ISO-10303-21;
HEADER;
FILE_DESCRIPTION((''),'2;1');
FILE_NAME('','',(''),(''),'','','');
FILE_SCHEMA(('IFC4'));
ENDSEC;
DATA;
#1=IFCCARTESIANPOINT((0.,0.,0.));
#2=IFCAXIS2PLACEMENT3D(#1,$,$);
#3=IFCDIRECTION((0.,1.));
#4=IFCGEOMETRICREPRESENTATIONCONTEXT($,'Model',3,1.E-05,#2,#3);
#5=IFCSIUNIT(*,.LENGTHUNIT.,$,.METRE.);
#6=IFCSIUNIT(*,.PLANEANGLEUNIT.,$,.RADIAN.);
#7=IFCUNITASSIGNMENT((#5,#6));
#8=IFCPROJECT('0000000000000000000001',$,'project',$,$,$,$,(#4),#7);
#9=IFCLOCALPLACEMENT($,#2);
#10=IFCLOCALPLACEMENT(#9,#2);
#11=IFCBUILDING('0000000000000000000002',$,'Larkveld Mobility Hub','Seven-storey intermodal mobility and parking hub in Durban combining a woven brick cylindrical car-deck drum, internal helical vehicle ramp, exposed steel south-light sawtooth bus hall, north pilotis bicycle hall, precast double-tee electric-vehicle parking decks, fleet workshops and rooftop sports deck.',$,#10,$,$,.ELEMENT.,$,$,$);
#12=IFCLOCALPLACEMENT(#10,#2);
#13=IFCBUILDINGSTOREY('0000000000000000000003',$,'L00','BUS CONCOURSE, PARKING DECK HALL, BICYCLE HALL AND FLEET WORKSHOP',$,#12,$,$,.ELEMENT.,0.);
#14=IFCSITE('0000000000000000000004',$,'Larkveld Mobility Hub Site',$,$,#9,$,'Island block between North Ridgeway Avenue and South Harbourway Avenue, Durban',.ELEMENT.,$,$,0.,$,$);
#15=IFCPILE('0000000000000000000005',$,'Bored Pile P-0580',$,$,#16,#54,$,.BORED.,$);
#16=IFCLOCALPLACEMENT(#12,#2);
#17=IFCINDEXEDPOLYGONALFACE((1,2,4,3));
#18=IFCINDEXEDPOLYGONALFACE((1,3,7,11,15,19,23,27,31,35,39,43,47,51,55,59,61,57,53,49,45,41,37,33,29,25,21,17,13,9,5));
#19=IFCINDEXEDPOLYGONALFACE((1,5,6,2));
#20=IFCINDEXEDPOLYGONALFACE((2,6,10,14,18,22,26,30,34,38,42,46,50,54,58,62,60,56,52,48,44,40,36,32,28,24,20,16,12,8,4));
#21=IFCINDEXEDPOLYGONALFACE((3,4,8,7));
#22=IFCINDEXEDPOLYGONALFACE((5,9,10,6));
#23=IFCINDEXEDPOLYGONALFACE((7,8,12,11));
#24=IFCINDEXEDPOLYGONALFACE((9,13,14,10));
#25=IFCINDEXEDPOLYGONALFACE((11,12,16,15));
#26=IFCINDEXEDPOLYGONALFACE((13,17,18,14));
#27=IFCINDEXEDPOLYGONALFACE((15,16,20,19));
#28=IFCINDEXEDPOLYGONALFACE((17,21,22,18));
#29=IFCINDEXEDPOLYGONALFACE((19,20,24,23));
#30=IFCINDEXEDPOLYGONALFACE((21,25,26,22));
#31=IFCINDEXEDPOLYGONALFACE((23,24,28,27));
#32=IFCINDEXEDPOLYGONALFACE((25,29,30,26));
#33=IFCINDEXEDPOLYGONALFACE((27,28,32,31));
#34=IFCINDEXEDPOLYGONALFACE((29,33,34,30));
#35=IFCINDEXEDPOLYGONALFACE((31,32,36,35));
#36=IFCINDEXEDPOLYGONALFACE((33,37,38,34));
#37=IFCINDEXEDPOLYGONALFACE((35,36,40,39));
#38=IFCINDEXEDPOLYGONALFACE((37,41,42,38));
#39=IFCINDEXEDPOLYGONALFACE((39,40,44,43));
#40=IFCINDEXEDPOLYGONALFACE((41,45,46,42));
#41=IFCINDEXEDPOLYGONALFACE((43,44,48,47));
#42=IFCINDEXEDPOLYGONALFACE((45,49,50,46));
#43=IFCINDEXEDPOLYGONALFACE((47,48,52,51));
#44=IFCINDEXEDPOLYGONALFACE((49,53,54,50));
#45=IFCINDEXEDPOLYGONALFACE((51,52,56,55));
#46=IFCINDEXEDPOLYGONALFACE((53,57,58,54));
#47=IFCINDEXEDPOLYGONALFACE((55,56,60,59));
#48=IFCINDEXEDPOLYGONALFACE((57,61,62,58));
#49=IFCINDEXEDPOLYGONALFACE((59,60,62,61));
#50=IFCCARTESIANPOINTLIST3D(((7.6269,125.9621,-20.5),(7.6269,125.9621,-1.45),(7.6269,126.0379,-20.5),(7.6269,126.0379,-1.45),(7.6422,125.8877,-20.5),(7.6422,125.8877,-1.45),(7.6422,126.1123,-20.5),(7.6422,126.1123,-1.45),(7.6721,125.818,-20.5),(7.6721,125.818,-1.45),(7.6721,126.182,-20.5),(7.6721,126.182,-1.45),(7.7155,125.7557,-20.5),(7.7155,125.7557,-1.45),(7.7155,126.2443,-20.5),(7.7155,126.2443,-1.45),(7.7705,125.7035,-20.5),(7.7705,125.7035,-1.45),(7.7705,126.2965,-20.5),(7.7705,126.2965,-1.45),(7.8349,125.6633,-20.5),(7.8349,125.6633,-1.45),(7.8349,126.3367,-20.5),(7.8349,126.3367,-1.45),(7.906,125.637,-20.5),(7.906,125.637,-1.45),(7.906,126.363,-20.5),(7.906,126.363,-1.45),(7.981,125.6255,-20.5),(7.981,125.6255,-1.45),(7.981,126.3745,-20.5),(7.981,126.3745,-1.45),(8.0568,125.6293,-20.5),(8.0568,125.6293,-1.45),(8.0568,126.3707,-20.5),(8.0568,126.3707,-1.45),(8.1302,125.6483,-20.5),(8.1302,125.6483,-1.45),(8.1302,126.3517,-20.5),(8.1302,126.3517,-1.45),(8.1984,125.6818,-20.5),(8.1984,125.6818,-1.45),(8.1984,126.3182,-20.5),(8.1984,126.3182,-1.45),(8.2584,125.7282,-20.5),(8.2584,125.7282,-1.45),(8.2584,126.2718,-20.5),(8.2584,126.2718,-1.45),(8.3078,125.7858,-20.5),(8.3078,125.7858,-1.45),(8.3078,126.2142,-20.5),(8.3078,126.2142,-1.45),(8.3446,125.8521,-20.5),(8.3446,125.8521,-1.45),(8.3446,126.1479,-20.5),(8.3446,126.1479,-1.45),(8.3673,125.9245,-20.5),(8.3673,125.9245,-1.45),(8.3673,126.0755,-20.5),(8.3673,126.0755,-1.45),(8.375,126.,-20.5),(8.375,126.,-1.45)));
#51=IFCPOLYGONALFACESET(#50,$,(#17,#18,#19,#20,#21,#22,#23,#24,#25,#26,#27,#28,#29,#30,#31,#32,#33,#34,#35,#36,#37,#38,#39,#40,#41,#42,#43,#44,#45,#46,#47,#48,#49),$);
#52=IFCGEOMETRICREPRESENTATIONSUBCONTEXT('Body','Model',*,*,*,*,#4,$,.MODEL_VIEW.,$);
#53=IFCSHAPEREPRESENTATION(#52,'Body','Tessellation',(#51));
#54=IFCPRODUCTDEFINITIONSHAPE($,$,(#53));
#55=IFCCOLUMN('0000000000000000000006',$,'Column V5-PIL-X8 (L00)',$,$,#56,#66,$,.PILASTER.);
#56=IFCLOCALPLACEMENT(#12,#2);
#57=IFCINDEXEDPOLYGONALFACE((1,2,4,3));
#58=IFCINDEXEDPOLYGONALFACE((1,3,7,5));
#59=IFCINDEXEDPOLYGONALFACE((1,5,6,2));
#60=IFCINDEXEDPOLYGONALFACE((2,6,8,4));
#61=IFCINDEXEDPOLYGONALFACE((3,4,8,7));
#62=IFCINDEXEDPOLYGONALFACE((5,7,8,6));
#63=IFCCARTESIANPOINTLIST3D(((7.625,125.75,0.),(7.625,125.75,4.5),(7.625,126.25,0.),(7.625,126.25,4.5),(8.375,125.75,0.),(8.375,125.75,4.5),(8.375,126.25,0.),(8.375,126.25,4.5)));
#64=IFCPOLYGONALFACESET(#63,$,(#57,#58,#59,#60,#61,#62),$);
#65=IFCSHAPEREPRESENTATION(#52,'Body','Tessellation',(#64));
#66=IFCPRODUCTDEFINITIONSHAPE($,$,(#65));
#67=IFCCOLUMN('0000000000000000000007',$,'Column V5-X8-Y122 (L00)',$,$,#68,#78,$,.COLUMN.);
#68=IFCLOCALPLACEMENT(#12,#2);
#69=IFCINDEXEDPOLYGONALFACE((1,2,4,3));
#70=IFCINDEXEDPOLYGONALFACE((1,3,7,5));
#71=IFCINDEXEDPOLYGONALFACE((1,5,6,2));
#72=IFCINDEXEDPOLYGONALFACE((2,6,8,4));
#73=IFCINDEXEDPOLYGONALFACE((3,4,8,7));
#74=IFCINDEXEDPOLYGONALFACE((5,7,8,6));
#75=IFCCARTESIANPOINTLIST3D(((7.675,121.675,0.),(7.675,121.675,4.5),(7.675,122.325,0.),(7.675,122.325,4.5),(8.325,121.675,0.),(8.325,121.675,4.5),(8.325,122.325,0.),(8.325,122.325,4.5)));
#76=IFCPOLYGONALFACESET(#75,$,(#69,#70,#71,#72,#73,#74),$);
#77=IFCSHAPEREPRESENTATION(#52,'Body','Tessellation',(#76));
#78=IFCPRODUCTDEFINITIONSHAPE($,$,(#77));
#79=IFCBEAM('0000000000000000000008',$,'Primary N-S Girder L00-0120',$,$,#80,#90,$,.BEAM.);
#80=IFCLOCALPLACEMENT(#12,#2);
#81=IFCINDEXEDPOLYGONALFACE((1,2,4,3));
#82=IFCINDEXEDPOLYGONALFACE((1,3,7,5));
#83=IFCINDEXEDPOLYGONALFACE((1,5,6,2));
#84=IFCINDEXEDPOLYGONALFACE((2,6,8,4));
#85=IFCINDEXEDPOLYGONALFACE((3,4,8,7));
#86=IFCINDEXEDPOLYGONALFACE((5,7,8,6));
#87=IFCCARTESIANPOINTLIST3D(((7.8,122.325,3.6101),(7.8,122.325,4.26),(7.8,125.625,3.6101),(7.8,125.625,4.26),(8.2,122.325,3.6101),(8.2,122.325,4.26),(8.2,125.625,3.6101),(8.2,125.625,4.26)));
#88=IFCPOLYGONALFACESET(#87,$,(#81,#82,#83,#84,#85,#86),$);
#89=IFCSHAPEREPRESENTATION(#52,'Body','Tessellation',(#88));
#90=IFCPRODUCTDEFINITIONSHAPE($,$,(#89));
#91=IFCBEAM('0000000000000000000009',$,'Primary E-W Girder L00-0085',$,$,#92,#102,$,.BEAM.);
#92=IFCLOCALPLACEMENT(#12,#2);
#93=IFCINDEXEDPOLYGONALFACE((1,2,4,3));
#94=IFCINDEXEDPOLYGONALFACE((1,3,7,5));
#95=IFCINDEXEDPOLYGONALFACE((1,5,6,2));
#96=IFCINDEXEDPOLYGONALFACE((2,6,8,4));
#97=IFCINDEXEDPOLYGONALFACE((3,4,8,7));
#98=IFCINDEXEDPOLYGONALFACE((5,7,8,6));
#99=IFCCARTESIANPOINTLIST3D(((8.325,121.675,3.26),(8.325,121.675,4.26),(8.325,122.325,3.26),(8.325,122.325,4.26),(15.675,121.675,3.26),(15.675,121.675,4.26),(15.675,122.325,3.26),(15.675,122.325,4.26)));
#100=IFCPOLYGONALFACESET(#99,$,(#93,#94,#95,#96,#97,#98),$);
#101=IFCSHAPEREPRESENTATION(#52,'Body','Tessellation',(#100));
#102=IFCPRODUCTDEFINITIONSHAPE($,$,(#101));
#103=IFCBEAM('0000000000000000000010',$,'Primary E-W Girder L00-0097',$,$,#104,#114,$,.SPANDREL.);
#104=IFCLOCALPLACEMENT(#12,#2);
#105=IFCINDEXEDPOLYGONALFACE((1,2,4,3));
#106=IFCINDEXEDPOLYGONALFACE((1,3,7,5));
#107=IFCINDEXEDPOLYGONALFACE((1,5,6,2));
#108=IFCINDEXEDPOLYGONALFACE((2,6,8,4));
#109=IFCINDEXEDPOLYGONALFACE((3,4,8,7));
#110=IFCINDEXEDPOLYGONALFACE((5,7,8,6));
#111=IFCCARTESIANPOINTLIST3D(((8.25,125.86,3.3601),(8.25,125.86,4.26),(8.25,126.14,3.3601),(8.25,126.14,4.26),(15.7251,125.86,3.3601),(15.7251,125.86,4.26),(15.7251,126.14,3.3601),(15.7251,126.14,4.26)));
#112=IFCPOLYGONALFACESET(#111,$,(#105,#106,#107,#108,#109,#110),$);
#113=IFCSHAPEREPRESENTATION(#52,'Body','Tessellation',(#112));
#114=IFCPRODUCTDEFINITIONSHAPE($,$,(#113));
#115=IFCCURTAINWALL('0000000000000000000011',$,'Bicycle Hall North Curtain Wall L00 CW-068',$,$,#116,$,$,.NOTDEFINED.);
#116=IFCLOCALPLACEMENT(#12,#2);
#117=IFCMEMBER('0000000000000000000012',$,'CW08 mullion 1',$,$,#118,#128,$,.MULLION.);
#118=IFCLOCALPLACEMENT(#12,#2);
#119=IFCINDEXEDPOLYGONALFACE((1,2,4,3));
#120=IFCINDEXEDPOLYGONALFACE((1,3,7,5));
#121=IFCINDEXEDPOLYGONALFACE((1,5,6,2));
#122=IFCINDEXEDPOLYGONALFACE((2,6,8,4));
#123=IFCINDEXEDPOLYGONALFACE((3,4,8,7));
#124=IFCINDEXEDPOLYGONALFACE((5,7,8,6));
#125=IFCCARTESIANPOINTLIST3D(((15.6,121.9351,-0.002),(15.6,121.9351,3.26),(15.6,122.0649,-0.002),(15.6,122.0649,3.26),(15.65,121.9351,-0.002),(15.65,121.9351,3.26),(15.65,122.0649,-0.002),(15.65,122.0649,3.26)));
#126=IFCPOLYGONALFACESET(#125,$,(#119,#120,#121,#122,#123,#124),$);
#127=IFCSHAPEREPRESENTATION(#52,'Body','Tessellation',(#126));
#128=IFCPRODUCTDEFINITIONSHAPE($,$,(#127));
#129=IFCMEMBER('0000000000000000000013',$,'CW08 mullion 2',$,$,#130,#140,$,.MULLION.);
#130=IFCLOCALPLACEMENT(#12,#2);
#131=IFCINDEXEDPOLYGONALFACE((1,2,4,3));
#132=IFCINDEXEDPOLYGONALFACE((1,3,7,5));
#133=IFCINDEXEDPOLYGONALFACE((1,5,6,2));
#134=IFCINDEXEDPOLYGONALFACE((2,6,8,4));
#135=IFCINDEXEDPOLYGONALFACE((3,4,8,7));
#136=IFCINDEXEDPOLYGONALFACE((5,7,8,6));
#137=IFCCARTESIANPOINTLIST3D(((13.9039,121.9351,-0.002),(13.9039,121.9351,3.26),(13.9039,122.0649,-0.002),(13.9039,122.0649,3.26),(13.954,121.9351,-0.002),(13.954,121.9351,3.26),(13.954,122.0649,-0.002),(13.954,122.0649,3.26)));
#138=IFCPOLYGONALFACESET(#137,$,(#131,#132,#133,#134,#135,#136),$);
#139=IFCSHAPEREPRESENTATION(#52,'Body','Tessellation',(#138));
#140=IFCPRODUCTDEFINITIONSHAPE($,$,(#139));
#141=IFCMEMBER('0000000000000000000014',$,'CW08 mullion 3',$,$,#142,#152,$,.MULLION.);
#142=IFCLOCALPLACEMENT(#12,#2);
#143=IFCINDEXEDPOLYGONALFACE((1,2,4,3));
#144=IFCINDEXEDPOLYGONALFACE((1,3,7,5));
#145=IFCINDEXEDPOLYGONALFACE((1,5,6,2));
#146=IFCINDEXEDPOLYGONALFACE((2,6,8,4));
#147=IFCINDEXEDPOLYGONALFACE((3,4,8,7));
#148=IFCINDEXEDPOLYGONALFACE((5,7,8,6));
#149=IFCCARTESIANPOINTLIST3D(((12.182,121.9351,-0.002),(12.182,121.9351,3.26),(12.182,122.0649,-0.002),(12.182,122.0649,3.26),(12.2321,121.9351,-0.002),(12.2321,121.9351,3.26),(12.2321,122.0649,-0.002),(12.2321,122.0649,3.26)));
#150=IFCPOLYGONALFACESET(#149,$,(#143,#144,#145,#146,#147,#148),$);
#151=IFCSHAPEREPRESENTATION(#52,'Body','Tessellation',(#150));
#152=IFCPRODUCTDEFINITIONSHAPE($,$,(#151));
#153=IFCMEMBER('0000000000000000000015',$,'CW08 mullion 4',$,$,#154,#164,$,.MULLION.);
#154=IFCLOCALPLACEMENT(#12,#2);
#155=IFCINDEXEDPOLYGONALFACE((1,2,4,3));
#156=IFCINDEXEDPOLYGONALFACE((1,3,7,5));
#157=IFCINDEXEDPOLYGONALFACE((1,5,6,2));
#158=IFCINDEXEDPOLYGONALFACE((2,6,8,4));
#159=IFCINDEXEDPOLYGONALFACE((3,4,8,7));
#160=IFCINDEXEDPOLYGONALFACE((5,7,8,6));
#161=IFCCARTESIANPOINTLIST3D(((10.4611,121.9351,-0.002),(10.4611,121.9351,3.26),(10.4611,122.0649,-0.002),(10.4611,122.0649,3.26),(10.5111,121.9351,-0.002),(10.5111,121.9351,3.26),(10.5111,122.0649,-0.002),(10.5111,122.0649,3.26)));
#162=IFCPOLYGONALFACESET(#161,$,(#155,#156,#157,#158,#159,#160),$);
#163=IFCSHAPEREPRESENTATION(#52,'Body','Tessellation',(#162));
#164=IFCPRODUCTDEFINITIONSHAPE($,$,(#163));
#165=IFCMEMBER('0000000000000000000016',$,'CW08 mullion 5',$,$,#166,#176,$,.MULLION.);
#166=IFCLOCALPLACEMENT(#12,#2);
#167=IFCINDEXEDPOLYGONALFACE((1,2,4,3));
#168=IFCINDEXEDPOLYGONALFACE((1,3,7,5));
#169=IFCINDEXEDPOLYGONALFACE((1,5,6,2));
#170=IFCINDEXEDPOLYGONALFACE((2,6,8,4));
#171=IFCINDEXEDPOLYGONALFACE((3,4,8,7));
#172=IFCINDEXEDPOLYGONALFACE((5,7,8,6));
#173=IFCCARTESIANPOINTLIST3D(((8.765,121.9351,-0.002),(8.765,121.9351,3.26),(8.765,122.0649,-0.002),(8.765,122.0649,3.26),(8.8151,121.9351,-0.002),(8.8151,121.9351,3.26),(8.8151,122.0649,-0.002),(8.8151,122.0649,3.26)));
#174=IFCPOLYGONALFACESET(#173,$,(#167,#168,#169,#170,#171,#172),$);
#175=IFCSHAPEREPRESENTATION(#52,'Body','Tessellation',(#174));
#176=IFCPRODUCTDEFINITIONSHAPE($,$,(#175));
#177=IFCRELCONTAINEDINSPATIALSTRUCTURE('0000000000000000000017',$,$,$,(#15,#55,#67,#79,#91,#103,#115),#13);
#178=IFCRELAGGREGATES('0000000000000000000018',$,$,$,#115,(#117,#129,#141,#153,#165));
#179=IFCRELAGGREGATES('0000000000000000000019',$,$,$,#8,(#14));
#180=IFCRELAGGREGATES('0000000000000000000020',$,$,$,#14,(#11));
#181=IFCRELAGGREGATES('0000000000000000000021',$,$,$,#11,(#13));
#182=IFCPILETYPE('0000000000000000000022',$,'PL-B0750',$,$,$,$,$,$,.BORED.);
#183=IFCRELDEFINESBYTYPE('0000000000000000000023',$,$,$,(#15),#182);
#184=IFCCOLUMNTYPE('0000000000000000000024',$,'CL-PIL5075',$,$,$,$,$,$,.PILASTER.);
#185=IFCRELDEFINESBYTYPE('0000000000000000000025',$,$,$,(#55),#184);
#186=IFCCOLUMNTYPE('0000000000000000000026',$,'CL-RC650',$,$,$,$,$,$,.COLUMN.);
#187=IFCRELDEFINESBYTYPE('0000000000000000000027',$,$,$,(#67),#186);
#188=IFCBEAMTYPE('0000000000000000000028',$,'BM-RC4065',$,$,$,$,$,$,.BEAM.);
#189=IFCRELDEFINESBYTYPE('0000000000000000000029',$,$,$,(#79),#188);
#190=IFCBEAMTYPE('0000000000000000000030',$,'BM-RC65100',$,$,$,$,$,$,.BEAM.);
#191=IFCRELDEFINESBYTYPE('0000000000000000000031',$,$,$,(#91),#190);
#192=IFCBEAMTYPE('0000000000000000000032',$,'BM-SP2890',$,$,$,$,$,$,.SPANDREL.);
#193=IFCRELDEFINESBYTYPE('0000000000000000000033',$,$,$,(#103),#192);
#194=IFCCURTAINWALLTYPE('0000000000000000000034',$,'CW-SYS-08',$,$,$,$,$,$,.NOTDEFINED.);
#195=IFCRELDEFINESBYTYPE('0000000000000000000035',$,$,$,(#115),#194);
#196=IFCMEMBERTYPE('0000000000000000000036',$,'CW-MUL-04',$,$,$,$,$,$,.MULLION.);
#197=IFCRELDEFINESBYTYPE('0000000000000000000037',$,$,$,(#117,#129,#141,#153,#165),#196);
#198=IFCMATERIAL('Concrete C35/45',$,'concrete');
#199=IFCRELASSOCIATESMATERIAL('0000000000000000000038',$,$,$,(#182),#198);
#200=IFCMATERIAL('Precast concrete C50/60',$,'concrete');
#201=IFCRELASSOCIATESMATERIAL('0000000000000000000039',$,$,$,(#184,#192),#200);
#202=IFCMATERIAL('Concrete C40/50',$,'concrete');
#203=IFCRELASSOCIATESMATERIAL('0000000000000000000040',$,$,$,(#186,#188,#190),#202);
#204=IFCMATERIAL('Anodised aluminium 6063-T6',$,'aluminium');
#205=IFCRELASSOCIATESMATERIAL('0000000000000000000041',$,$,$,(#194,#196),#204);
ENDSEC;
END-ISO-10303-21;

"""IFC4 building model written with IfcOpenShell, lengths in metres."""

from ifc_helpers import new_model, si_unit, direction, frame, origin, origin_2d, place, context, subcontext, project, spatial, rectangle, circle, extrude, material, material_profile, profile_set, type_object, element, aggregate, save


model = new_model("IFC4")

# Units and contexts
model_context = context("Model", 3, precision=1e-05, world=origin(), true_north=direction((0.0, 1.0)))
body_context = subcontext(model_context, "Body", "Model", "MODEL_VIEW")
ifc_project = project(units=[si_unit("LENGTHUNIT", "METRE"), si_unit("PLANEANGLEUNIT", "RADIAN")], contexts=[model_context])

# Site, building, storey
site_placement = place(None, origin())
site = spatial("IfcSite", under=ifc_project, at=site_placement, Name="Larkveld Mobility Hub Site", LongName="Island block between North Ridgeway Avenue and South Harbourway Avenue, Durban", CompositionType="ELEMENT", RefElevation=0.0)
building_placement = place(site_placement, origin())
building = spatial("IfcBuilding", under=site, at=building_placement, Name="Larkveld Mobility Hub", Description="Seven-storey intermodal mobility and parking hub in Durban combining a woven brick cylindrical car-deck drum, internal helical vehicle ramp, exposed steel south-light sawtooth bus hall, north pilotis bicycle hall, precast double-tee electric-vehicle parking decks, fleet workshops and rooftop sports deck.", CompositionType="ELEMENT")
storey_placement = place(building_placement, origin())
storey = spatial("IfcBuildingStorey", under=building, at=storey_placement, Name="L00", Description="BUS CONCOURSE, PARKING DECK HALL, BICYCLE HALL AND FLEET WORKSHOP", CompositionType="ELEMENT", Elevation=0.0)

# Shared definitions
ifc_material_1 = material(Name="Concrete C35/45", Category="concrete")

# Pile
ifc_material_profile_1 = material_profile(ifc_material_1, circle(Radius=0.375, at=origin_2d()), Name="PILE D750")
ifc_profile_set_1 = profile_set([ifc_material_profile_1], Name="Concrete C35/45")
pile_type = type_object("IfcPileType", Name="PL-B0750", PredefinedType="BORED", material=ifc_profile_set_1)
pile_1_placement = place(storey_placement, frame((8.0, 126.0, -1.45), z_axis=(0.0, 0.0, -1.0), x_axis=(1.0, 0.0, 0.0)))
element("IfcPile", 1, at=pile_1_placement, inside=storey, type_object=pile_type, Name="Bored Pile P-0580", PredefinedType="BORED", context=body_context, shape_type="SweptSolid", body=[
    extrude(circle(Radius=0.375, at=origin_2d()), origin(), (0.0, 0.0, 1.0), 19.05),
])

# Columns
ifc_material_2 = material(Name="Precast concrete C50/60", Category="concrete")
ifc_material_profile_2 = material_profile(ifc_material_2, rectangle(XDim=0.5, YDim=0.75, at=origin_2d()), Name="PC PIL 500x750")
ifc_profile_set_2 = profile_set([ifc_material_profile_2], Name="Precast concrete C50/60")
column_type_1 = type_object("IfcColumnType", Name="CL-PIL5075", PredefinedType="PILASTER", material=ifc_profile_set_2)
column_1_placement = place(storey_placement, frame((8.0, 126.0, 0.0), z_axis=(0.0, 0.0, 1.0), x_axis=(0.0, 1.0, 0.0)))
element("IfcColumn", 2, at=column_1_placement, inside=storey, type_object=column_type_1, Name="Column V5-PIL-X8 (L00)", PredefinedType="PILASTER", context=body_context, shape_type="SweptSolid", body=[
    extrude(rectangle(XDim=0.5, YDim=0.75, at=origin_2d()), origin(), (0.0, 0.0, 1.0), 4.5),
])
ifc_material_3 = material(Name="Concrete C40/50", Category="concrete")
ifc_material_profile_3 = material_profile(ifc_material_3, rectangle(XDim=0.6499, YDim=0.6499, at=origin_2d()), Name="RC COL 650x650")
ifc_profile_set_3 = profile_set([ifc_material_profile_3], Name="Concrete C40/50")
column_type_2 = type_object("IfcColumnType", Name="CL-RC650", PredefinedType="COLUMN", material=ifc_profile_set_3)
column_2_placement = place(storey_placement, frame((8.0, 122.0, 0.0), z_axis=(0.0, 0.0, 1.0), x_axis=(1.0, 0.0, 0.0)))
element("IfcColumn", 3, at=column_2_placement, inside=storey, type_object=column_type_2, Name="Column V5-X8-Y122 (L00)", PredefinedType="COLUMN", context=body_context, shape_type="SweptSolid", body=[
    extrude(rectangle(XDim=0.6499, YDim=0.6499, at=origin_2d()), origin(), (0.0, 0.0, 1.0), 4.5),
])

# Beams
ifc_material_profile_4 = material_profile(ifc_material_3, rectangle(XDim=0.3999, YDim=0.6499, at=origin_2d()), Name="RC BM 400x650")
ifc_profile_set_4 = profile_set([ifc_material_profile_4], Name="Concrete C40/50")
beam_type_1 = type_object("IfcBeamType", Name="BM-RC4065", PredefinedType="BEAM", material=ifc_profile_set_4)
beam_1_placement = place(storey_placement, frame((8.0, 122.325, 3.9351), z_axis=(0.0, 1.0, 0.0), x_axis=(-1.0, 0.0, 0.0)))
element("IfcBeam", 4, at=beam_1_placement, inside=storey, type_object=beam_type_1, Name="Primary N-S Girder L00-0120", PredefinedType="BEAM", context=body_context, shape_type="SweptSolid", body=[
    extrude(rectangle(XDim=0.3999, YDim=0.6499, at=origin_2d()), origin(), (0.0, 0.0, 1.0), 3.3),
])
ifc_material_profile_5 = material_profile(ifc_material_3, rectangle(XDim=0.6499, YDim=1.0, at=origin_2d()), Name="RC BM 650x1000")
ifc_profile_set_5 = profile_set([ifc_material_profile_5], Name="Concrete C40/50")
beam_type_2 = type_object("IfcBeamType", Name="BM-RC65100", PredefinedType="BEAM", material=ifc_profile_set_5)
beam_2_placement = place(storey_placement, frame((8.325, 122.0, 3.76), z_axis=(1.0, 0.0, 0.0), x_axis=(0.0, 1.0, 0.0)))
element("IfcBeam", 5, at=beam_2_placement, inside=storey, type_object=beam_type_2, Name="Primary E-W Girder L00-0085", PredefinedType="BEAM", context=body_context, shape_type="SweptSolid", body=[
    extrude(rectangle(XDim=0.6499, YDim=1.0, at=origin_2d()), origin(), (0.0, 0.0, 1.0), 7.3501),
])
ifc_material_profile_6 = material_profile(ifc_material_2, rectangle(XDim=0.28, YDim=0.8999, at=origin_2d()), Name="PC SP 280x900")
ifc_profile_set_6 = profile_set([ifc_material_profile_6], Name="Precast concrete C50/60")
beam_type_3 = type_object("IfcBeamType", Name="BM-SP2890", PredefinedType="SPANDREL", material=ifc_profile_set_6)
beam_3_placement = place(storey_placement, frame((8.25, 126.0, 3.8101), z_axis=(1.0, 0.0, 0.0), x_axis=(0.0, 1.0, 0.0)))
element("IfcBeam", 6, at=beam_3_placement, inside=storey, type_object=beam_type_3, Name="Primary E-W Girder L00-0097", PredefinedType="SPANDREL", context=body_context, shape_type="SweptSolid", body=[
    extrude(rectangle(XDim=0.28, YDim=0.8999, at=origin_2d()), origin(), (0.0, 0.0, 1.0), 7.4751),
])

# Curtain wall, members
ifc_material_4 = material(Name="Anodised aluminium 6063-T6", Category="aluminium")
curtain_wall_type = type_object("IfcCurtainWallType", Name="CW-SYS-08", PredefinedType="NOTDEFINED", material=ifc_material_4)
curtain_wall_placement = place(storey_placement, origin())
curtain_wall = element("IfcCurtainWall", 7, at=curtain_wall_placement, inside=storey, type_object=curtain_wall_type, Name="Bicycle Hall North Curtain Wall L00 CW-068", PredefinedType="NOTDEFINED")
ifc_material_profile_7 = material_profile(ifc_material_4, rectangle(XDim=0.05, YDim=0.1299, at=origin_2d()), Name="ALU MULL 50x130")
ifc_profile_set_7 = profile_set([ifc_material_profile_7], Name="Anodised aluminium 6063-T6")
member_type_1 = type_object("IfcMemberType", Name="CW-MUL-04", PredefinedType="MULLION", material=ifc_profile_set_7)
member_1_placement = place(storey_placement, frame((15.625, 122.0, -0.002), z_axis=(0.0, 0.0, 1.0), x_axis=(-1.0, 0.0, 0.0)))
member_1 = element("IfcMember", 8, at=member_1_placement, type_object=member_type_1, Name="CW08 mullion 1", PredefinedType="MULLION", context=body_context, shape_type="SweptSolid", body=[
    extrude(rectangle(XDim=0.05, YDim=0.1299, at=origin_2d()), origin(), (0.0, 0.0, 1.0), 3.262),
])
member_2_placement = place(storey_placement, frame((13.929, 122.0, -0.002), z_axis=(0.0, 0.0, 1.0), x_axis=(-1.0, 0.0, 0.0)))
member_2 = element("IfcMember", 9, at=member_2_placement, type_object=member_type_1, Name="CW08 mullion 2", PredefinedType="MULLION", context=body_context, shape_type="SweptSolid", body=[
    extrude(rectangle(XDim=0.05, YDim=0.1299, at=origin_2d()), origin(), (0.0, 0.0, 1.0), 3.262),
])
member_3_placement = place(storey_placement, frame((12.207, 122.0, -0.002), z_axis=(0.0, 0.0, 1.0), x_axis=(-1.0, 0.0, 0.0)))
member_3 = element("IfcMember", 10, at=member_3_placement, type_object=member_type_1, Name="CW08 mullion 3", PredefinedType="MULLION", context=body_context, shape_type="SweptSolid", body=[
    extrude(rectangle(XDim=0.05, YDim=0.1299, at=origin_2d()), origin(), (0.0, 0.0, 1.0), 3.262),
])
member_4_placement = place(storey_placement, frame((10.4861, 122.0, -0.002), z_axis=(0.0, 0.0, 1.0), x_axis=(-1.0, 0.0, 0.0)))
member_4 = element("IfcMember", 11, at=member_4_placement, type_object=member_type_1, Name="CW08 mullion 4", PredefinedType="MULLION", context=body_context, shape_type="SweptSolid", body=[
    extrude(rectangle(XDim=0.05, YDim=0.1299, at=origin_2d()), origin(), (0.0, 0.0, 1.0), 3.262),
])
member_5_placement = place(storey_placement, frame((8.79, 122.0, -0.002), z_axis=(0.0, 0.0, 1.0), x_axis=(-1.0, 0.0, 0.0)))
member_5 = element("IfcMember", 12, at=member_5_placement, type_object=member_type_1, Name="CW08 mullion 5", PredefinedType="MULLION", context=body_context, shape_type="SweptSolid", body=[
    extrude(rectangle(XDim=0.05, YDim=0.1299, at=origin_2d()), origin(), (0.0, 0.0, 1.0), 3.262),
])
aggregate(curtain_wall, [member_1, member_2, member_3, member_4, member_5])

save(model, "model.ifc")
